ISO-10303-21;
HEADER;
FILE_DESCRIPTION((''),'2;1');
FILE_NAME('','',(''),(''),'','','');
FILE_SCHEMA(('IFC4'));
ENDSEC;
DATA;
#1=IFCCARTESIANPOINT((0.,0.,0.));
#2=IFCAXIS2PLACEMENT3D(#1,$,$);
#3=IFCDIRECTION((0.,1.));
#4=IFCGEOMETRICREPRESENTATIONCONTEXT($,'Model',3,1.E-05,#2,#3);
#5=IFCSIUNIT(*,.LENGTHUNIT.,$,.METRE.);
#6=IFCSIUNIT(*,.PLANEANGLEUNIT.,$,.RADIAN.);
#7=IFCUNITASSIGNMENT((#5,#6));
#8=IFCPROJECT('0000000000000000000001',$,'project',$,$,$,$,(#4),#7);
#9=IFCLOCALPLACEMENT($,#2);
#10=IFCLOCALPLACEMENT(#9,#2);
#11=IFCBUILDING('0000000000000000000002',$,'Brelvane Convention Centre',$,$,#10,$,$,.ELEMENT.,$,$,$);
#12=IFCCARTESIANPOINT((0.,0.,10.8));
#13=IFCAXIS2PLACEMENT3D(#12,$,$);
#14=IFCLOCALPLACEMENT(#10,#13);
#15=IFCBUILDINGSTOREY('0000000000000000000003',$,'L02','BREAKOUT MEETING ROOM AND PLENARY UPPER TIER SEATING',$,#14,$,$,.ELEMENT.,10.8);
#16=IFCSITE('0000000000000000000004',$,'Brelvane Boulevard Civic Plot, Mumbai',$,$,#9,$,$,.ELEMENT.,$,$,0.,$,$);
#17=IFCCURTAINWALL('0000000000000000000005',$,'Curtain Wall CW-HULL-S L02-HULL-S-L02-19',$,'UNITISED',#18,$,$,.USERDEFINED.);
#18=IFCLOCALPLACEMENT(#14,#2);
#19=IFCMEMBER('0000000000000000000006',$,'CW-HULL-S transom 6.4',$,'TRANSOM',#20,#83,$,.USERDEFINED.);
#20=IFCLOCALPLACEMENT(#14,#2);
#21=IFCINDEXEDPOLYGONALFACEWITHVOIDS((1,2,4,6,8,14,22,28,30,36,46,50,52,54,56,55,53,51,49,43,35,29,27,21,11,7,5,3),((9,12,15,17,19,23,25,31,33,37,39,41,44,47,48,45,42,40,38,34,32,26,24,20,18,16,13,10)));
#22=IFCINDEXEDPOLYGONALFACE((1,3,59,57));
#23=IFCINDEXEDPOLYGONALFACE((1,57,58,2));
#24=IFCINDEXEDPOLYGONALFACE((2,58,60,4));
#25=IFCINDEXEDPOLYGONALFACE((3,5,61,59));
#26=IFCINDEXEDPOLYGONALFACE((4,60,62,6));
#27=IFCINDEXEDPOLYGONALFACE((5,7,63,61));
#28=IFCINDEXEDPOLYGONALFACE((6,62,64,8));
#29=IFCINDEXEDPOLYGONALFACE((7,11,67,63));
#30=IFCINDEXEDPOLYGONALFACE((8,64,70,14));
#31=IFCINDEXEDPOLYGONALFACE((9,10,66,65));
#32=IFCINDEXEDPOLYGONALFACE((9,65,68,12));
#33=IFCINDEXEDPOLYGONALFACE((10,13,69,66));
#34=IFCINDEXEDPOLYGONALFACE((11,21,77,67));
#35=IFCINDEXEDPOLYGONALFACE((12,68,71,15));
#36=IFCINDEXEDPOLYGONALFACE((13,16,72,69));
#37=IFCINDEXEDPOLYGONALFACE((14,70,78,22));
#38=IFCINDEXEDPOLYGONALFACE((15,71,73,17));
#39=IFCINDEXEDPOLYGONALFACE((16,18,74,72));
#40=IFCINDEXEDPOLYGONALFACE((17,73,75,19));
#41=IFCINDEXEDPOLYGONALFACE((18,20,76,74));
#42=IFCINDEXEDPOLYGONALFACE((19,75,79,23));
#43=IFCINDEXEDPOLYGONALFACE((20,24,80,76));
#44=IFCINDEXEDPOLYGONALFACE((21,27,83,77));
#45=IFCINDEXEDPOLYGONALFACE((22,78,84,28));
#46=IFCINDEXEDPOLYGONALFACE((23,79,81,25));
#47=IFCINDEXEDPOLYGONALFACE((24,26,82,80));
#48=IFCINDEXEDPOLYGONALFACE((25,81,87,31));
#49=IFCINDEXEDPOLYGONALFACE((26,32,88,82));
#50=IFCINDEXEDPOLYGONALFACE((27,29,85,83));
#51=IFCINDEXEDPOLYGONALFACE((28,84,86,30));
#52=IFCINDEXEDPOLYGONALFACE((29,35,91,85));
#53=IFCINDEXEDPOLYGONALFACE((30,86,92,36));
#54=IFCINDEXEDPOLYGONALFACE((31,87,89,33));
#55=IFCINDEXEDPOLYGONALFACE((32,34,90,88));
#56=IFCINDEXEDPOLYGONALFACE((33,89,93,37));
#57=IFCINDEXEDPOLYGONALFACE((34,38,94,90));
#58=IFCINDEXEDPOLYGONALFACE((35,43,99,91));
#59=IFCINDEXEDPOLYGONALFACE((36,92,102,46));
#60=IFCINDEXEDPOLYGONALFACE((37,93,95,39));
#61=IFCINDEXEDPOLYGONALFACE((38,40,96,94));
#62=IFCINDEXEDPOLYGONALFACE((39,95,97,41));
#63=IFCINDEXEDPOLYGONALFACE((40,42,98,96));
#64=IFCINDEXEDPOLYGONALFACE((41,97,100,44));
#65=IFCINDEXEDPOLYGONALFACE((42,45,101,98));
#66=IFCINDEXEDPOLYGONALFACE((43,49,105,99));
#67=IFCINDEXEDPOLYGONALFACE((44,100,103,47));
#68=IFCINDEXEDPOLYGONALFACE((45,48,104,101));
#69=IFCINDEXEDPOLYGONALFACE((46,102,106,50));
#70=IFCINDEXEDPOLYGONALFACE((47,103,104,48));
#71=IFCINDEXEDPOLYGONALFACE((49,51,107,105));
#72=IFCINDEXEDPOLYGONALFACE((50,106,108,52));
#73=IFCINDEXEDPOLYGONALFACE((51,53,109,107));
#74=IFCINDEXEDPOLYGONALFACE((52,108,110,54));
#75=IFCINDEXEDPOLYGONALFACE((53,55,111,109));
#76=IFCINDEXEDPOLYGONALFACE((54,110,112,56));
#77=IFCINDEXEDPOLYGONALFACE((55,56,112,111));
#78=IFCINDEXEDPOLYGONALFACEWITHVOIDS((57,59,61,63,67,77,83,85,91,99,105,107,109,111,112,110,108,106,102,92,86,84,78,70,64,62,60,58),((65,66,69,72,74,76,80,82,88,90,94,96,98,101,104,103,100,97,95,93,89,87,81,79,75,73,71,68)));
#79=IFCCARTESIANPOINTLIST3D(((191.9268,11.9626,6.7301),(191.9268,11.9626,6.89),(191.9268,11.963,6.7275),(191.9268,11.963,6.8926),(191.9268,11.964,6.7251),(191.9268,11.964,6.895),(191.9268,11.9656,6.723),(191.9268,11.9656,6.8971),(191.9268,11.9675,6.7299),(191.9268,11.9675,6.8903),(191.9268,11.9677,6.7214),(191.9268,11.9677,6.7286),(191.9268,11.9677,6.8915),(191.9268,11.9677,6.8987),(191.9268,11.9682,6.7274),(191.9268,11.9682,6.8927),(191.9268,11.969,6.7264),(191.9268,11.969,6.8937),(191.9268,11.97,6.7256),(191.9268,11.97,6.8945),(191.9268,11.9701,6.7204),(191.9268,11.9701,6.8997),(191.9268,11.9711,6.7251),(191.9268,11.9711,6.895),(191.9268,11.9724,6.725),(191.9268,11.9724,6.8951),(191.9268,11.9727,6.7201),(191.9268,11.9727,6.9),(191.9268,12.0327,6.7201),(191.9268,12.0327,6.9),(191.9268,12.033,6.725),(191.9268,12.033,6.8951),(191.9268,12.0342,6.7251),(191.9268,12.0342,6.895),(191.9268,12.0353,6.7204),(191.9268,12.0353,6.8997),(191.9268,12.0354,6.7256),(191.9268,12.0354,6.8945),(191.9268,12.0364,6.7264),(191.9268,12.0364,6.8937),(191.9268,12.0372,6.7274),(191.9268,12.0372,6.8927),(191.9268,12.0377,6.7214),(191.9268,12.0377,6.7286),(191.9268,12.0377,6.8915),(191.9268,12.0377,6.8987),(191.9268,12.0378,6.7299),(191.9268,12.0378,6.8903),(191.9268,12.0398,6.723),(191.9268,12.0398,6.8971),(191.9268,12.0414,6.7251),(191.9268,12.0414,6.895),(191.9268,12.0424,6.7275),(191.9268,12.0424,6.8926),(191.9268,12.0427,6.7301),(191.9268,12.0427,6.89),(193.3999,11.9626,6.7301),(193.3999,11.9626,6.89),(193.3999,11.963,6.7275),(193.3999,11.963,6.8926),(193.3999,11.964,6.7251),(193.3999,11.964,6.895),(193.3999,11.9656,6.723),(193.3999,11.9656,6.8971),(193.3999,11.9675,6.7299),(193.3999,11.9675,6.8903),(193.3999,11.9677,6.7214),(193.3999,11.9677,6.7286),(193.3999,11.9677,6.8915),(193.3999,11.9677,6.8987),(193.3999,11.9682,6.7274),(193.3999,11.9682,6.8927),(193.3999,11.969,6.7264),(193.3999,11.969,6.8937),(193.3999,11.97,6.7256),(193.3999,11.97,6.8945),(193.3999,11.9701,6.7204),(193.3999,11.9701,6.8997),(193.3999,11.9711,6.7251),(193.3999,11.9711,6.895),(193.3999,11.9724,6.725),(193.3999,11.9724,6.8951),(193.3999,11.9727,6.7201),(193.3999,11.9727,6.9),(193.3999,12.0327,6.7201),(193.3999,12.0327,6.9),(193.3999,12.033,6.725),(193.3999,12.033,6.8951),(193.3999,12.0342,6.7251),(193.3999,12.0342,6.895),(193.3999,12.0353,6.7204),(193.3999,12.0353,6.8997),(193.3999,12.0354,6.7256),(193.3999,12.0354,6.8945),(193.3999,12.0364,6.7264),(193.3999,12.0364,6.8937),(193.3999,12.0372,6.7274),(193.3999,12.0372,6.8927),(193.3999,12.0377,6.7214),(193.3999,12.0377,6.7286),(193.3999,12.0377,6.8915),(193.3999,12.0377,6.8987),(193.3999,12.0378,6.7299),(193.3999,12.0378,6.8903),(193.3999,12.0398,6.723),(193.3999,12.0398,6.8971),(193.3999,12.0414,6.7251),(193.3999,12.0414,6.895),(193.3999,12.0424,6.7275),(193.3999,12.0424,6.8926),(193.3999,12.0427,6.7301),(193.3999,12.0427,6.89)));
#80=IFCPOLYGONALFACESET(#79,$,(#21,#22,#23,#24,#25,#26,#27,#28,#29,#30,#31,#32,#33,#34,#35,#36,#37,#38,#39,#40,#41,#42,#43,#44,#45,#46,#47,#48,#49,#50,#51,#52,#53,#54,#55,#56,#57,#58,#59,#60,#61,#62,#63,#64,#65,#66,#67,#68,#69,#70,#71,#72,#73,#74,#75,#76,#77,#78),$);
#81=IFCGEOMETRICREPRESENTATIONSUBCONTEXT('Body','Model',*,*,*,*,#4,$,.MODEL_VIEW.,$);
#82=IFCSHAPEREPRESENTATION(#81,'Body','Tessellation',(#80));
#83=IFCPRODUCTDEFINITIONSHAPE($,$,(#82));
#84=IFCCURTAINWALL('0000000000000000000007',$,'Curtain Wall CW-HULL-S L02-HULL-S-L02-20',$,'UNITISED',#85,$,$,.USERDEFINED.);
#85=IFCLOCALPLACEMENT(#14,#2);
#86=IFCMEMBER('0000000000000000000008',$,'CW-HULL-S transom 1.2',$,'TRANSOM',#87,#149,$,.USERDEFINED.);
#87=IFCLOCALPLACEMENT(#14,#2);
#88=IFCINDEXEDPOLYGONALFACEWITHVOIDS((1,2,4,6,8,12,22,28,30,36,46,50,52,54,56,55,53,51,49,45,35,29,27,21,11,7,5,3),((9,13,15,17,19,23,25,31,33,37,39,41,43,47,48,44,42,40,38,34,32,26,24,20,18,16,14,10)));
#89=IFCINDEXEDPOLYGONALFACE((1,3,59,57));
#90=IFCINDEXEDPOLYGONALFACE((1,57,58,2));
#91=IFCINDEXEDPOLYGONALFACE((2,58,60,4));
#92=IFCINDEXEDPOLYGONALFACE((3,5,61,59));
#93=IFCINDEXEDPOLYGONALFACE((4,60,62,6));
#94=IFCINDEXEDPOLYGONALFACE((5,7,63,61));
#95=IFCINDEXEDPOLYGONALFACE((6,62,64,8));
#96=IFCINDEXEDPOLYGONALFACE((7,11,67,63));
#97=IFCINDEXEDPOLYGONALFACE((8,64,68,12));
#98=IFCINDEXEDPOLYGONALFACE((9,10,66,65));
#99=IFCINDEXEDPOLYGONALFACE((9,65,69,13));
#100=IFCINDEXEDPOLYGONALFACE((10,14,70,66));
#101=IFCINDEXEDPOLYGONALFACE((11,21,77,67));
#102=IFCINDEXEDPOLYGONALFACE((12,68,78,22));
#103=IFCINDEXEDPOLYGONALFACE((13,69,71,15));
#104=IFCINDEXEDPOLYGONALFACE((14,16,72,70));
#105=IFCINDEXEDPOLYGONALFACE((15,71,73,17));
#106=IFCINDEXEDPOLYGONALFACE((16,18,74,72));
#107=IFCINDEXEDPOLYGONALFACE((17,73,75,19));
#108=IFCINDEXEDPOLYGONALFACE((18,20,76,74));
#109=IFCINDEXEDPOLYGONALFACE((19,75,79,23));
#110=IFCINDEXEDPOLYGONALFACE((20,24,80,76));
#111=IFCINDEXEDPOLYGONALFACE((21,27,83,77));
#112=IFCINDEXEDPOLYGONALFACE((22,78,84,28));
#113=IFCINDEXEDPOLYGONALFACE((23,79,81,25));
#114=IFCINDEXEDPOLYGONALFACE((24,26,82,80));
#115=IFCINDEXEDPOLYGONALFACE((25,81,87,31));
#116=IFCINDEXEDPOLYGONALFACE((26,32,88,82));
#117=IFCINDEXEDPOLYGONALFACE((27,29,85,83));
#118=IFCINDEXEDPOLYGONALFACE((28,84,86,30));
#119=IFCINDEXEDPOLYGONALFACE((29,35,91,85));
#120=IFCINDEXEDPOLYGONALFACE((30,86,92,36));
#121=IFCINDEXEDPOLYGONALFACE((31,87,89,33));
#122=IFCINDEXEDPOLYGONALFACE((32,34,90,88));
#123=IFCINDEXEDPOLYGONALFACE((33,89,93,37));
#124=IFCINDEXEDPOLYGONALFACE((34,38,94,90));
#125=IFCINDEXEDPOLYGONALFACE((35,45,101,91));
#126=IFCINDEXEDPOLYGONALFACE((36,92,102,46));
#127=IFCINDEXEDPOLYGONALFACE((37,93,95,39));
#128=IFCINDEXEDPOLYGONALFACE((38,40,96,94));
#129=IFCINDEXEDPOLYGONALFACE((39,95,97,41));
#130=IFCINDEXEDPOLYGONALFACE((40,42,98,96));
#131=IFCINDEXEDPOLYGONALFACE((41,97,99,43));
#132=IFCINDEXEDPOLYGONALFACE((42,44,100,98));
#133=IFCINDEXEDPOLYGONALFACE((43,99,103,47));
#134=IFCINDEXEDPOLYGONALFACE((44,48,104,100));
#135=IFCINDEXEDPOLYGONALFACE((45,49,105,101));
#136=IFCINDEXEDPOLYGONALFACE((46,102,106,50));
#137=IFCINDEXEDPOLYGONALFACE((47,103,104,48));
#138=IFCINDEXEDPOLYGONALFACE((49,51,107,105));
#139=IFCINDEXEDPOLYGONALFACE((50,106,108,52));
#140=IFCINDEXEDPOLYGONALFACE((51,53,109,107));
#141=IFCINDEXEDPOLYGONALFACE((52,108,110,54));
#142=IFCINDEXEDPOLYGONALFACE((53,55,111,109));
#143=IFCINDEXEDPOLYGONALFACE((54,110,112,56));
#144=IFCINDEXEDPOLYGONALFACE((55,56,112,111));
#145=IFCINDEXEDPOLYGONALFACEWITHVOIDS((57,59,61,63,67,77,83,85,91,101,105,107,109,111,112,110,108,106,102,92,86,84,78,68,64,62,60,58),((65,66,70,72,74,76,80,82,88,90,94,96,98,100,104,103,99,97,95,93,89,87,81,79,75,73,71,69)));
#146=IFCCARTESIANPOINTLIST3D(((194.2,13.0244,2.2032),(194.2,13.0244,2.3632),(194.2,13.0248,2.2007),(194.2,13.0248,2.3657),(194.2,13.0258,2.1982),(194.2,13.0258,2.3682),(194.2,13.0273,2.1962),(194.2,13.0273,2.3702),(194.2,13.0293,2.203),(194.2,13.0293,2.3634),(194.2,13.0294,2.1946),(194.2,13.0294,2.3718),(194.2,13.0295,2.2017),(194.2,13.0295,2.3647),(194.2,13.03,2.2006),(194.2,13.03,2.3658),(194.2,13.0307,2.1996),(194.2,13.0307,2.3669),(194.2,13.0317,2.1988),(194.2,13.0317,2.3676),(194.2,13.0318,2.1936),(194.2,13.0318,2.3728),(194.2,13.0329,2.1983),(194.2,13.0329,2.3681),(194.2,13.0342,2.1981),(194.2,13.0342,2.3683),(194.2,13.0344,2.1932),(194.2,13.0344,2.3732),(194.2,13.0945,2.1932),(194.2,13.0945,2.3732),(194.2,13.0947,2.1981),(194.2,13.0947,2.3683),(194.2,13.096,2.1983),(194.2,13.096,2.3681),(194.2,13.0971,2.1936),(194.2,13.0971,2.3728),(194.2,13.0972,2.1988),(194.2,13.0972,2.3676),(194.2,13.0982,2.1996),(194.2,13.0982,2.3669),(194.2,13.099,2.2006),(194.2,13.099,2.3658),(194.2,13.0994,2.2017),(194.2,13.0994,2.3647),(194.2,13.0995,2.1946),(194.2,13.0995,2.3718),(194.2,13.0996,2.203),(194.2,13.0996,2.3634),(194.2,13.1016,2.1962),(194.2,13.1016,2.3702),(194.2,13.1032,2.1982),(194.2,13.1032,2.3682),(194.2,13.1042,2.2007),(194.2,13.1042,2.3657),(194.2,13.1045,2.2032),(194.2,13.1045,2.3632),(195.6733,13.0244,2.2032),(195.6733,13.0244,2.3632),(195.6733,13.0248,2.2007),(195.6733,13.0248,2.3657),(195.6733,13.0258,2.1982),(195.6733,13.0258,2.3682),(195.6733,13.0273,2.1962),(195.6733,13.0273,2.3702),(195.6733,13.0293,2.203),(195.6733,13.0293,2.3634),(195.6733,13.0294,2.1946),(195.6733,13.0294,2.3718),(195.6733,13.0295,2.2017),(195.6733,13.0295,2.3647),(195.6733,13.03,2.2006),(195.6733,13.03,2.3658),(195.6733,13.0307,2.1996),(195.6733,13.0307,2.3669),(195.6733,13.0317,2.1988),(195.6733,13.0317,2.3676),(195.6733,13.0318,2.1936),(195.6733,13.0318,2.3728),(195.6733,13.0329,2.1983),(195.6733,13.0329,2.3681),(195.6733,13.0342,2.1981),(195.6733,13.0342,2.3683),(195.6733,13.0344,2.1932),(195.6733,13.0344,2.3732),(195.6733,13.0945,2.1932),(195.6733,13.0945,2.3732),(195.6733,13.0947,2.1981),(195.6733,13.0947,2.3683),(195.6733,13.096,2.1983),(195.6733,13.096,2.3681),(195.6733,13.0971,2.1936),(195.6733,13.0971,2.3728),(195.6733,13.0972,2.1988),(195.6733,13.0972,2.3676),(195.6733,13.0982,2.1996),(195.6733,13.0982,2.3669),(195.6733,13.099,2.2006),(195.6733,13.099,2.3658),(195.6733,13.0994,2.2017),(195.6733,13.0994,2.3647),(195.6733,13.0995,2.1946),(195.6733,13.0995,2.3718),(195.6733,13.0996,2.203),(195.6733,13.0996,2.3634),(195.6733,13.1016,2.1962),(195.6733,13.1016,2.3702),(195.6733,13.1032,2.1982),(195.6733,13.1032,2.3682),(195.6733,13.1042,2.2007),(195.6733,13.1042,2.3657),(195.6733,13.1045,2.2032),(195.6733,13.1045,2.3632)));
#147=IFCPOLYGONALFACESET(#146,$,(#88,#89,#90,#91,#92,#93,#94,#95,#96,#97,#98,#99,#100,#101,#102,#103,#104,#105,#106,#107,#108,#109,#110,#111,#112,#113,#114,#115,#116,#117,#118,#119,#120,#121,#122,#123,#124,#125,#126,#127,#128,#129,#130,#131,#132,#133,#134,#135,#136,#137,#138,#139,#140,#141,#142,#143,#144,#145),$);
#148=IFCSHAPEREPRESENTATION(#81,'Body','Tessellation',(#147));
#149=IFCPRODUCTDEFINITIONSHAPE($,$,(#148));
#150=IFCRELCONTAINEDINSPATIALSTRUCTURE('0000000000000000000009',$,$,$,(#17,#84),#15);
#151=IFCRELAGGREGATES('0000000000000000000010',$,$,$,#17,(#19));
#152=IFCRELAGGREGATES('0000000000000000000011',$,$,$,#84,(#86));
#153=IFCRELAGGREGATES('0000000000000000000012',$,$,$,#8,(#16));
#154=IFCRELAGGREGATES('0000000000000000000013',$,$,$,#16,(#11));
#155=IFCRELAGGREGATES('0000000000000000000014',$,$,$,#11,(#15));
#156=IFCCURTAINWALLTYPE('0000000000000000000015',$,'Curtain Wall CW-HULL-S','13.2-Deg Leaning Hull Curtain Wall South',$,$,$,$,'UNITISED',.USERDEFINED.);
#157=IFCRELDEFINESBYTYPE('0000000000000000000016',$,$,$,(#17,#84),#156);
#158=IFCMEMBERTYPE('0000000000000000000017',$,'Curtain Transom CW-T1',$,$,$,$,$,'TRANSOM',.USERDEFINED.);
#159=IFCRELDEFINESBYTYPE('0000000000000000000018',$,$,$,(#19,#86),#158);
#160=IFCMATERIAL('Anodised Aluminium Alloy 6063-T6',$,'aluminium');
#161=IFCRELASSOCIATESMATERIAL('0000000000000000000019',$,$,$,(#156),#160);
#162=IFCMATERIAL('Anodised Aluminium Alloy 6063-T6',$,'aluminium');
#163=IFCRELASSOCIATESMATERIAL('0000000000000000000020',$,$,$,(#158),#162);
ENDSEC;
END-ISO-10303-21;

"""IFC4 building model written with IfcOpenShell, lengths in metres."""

from ifc_helpers import new_model, si_unit, direction, frame, origin, origin_2d, place, context, subcontext, project, spatial, hollow_rectangle, extrude, material, material_profile, profile_set, type_object, element, aggregate, save


model = new_model("IFC4")

# Units and contexts
model_context = context("Model", 3, precision=1e-05, world=origin(), true_north=direction((0.0, 1.0)))
body_context = subcontext(model_context, "Body", "Model", "MODEL_VIEW")
ifc_project = project(units=[si_unit("LENGTHUNIT", "METRE"), si_unit("PLANEANGLEUNIT", "RADIAN")], contexts=[model_context])

# Site, building, storey
site_placement = place(None, origin())
site = spatial("IfcSite", under=ifc_project, at=site_placement, Name="Brelvane Boulevard Civic Plot, Mumbai", CompositionType="ELEMENT", RefElevation=0.0)
building_placement = place(site_placement, origin())
building = spatial("IfcBuilding", under=site, at=building_placement, Name="Brelvane Convention Centre", CompositionType="ELEMENT")
storey_placement = place(building_placement, frame((0.0, 0.0, 10.8)))
storey = spatial("IfcBuildingStorey", under=building, at=storey_placement, Name="L02", Description="BREAKOUT MEETING ROOM AND PLENARY UPPER TIER SEATING", CompositionType="ELEMENT", Elevation=10.8)

# Curtain walls, members
ifc_material_1 = material(Name="Anodised Aluminium Alloy 6063-T6", Category="aluminium")
curtain_wall_type = type_object("IfcCurtainWallType", Name="Curtain Wall CW-HULL-S", Description="13.2-Deg Leaning Hull Curtain Wall South", ElementType="UNITISED", PredefinedType="USERDEFINED", material=ifc_material_1)
curtain_wall_1_placement = place(storey_placement, origin())
curtain_wall_1 = element("IfcCurtainWall", 1, at=curtain_wall_1_placement, inside=storey, type_object=curtain_wall_type, Name="Curtain Wall CW-HULL-S L02-HULL-S-L02-19", ObjectType="UNITISED", PredefinedType="USERDEFINED")
ifc_material_2 = material(Name="Anodised Aluminium Alloy 6063-T6", Category="aluminium")
ifc_material_profile = material_profile(ifc_material_2, hollow_rectangle(XDim=0.0801, YDim=0.1799, WallThickness=0.0049, InnerFilletRadius=0.0049, OuterFilletRadius=0.01, at=origin_2d()), Name="ALU-T 180x80x5.0")
ifc_profile_set = profile_set([ifc_material_profile], Name="Anodised Aluminium Alloy 6063-T6")
member_type = type_object("IfcMemberType", Name="Curtain Transom CW-T1", ElementType="TRANSOM", PredefinedType="USERDEFINED", material=ifc_profile_set)
member_1_placement = place(storey_placement, frame((191.9268, 12.0027, 6.8101), z_axis=(1.0, 0.0, 0.0), x_axis=(0.0, 1.0, 0.0)))
member_1 = element("IfcMember", 2, at=member_1_placement, type_object=member_type, Name="CW-HULL-S transom 6.4", ObjectType="TRANSOM", PredefinedType="USERDEFINED", context=body_context, shape_type="SweptSolid", body=[
    extrude(hollow_rectangle(XDim=0.0801, YDim=0.1799, WallThickness=0.0049, InnerFilletRadius=0.0049, OuterFilletRadius=0.01, at=origin_2d()), origin(), (0.0, 0.0, 1.0), 1.4731),
])
curtain_wall_2_placement = place(storey_placement, origin())
curtain_wall_2 = element("IfcCurtainWall", 3, at=curtain_wall_2_placement, inside=storey, type_object=curtain_wall_type, Name="Curtain Wall CW-HULL-S L02-HULL-S-L02-20", ObjectType="UNITISED", PredefinedType="USERDEFINED")
member_2_placement = place(storey_placement, frame((194.2, 13.0645, 2.2832), z_axis=(1.0, 0.0, 0.0), x_axis=(0.0, 1.0, 0.0)))
member_2 = element("IfcMember", 4, at=member_2_placement, type_object=member_type, Name="CW-HULL-S transom 1.2", ObjectType="TRANSOM", PredefinedType="USERDEFINED", context=body_context, shape_type="SweptSolid", body=[
    extrude(hollow_rectangle(XDim=0.0801, YDim=0.1799, WallThickness=0.0049, InnerFilletRadius=0.0049, OuterFilletRadius=0.01, at=origin_2d()), origin(), (0.0, 0.0, 1.0), 1.4734),
])

aggregate(curtain_wall_1, [member_1])
aggregate(curtain_wall_2, [member_2])

save(model, "model.ifc")
